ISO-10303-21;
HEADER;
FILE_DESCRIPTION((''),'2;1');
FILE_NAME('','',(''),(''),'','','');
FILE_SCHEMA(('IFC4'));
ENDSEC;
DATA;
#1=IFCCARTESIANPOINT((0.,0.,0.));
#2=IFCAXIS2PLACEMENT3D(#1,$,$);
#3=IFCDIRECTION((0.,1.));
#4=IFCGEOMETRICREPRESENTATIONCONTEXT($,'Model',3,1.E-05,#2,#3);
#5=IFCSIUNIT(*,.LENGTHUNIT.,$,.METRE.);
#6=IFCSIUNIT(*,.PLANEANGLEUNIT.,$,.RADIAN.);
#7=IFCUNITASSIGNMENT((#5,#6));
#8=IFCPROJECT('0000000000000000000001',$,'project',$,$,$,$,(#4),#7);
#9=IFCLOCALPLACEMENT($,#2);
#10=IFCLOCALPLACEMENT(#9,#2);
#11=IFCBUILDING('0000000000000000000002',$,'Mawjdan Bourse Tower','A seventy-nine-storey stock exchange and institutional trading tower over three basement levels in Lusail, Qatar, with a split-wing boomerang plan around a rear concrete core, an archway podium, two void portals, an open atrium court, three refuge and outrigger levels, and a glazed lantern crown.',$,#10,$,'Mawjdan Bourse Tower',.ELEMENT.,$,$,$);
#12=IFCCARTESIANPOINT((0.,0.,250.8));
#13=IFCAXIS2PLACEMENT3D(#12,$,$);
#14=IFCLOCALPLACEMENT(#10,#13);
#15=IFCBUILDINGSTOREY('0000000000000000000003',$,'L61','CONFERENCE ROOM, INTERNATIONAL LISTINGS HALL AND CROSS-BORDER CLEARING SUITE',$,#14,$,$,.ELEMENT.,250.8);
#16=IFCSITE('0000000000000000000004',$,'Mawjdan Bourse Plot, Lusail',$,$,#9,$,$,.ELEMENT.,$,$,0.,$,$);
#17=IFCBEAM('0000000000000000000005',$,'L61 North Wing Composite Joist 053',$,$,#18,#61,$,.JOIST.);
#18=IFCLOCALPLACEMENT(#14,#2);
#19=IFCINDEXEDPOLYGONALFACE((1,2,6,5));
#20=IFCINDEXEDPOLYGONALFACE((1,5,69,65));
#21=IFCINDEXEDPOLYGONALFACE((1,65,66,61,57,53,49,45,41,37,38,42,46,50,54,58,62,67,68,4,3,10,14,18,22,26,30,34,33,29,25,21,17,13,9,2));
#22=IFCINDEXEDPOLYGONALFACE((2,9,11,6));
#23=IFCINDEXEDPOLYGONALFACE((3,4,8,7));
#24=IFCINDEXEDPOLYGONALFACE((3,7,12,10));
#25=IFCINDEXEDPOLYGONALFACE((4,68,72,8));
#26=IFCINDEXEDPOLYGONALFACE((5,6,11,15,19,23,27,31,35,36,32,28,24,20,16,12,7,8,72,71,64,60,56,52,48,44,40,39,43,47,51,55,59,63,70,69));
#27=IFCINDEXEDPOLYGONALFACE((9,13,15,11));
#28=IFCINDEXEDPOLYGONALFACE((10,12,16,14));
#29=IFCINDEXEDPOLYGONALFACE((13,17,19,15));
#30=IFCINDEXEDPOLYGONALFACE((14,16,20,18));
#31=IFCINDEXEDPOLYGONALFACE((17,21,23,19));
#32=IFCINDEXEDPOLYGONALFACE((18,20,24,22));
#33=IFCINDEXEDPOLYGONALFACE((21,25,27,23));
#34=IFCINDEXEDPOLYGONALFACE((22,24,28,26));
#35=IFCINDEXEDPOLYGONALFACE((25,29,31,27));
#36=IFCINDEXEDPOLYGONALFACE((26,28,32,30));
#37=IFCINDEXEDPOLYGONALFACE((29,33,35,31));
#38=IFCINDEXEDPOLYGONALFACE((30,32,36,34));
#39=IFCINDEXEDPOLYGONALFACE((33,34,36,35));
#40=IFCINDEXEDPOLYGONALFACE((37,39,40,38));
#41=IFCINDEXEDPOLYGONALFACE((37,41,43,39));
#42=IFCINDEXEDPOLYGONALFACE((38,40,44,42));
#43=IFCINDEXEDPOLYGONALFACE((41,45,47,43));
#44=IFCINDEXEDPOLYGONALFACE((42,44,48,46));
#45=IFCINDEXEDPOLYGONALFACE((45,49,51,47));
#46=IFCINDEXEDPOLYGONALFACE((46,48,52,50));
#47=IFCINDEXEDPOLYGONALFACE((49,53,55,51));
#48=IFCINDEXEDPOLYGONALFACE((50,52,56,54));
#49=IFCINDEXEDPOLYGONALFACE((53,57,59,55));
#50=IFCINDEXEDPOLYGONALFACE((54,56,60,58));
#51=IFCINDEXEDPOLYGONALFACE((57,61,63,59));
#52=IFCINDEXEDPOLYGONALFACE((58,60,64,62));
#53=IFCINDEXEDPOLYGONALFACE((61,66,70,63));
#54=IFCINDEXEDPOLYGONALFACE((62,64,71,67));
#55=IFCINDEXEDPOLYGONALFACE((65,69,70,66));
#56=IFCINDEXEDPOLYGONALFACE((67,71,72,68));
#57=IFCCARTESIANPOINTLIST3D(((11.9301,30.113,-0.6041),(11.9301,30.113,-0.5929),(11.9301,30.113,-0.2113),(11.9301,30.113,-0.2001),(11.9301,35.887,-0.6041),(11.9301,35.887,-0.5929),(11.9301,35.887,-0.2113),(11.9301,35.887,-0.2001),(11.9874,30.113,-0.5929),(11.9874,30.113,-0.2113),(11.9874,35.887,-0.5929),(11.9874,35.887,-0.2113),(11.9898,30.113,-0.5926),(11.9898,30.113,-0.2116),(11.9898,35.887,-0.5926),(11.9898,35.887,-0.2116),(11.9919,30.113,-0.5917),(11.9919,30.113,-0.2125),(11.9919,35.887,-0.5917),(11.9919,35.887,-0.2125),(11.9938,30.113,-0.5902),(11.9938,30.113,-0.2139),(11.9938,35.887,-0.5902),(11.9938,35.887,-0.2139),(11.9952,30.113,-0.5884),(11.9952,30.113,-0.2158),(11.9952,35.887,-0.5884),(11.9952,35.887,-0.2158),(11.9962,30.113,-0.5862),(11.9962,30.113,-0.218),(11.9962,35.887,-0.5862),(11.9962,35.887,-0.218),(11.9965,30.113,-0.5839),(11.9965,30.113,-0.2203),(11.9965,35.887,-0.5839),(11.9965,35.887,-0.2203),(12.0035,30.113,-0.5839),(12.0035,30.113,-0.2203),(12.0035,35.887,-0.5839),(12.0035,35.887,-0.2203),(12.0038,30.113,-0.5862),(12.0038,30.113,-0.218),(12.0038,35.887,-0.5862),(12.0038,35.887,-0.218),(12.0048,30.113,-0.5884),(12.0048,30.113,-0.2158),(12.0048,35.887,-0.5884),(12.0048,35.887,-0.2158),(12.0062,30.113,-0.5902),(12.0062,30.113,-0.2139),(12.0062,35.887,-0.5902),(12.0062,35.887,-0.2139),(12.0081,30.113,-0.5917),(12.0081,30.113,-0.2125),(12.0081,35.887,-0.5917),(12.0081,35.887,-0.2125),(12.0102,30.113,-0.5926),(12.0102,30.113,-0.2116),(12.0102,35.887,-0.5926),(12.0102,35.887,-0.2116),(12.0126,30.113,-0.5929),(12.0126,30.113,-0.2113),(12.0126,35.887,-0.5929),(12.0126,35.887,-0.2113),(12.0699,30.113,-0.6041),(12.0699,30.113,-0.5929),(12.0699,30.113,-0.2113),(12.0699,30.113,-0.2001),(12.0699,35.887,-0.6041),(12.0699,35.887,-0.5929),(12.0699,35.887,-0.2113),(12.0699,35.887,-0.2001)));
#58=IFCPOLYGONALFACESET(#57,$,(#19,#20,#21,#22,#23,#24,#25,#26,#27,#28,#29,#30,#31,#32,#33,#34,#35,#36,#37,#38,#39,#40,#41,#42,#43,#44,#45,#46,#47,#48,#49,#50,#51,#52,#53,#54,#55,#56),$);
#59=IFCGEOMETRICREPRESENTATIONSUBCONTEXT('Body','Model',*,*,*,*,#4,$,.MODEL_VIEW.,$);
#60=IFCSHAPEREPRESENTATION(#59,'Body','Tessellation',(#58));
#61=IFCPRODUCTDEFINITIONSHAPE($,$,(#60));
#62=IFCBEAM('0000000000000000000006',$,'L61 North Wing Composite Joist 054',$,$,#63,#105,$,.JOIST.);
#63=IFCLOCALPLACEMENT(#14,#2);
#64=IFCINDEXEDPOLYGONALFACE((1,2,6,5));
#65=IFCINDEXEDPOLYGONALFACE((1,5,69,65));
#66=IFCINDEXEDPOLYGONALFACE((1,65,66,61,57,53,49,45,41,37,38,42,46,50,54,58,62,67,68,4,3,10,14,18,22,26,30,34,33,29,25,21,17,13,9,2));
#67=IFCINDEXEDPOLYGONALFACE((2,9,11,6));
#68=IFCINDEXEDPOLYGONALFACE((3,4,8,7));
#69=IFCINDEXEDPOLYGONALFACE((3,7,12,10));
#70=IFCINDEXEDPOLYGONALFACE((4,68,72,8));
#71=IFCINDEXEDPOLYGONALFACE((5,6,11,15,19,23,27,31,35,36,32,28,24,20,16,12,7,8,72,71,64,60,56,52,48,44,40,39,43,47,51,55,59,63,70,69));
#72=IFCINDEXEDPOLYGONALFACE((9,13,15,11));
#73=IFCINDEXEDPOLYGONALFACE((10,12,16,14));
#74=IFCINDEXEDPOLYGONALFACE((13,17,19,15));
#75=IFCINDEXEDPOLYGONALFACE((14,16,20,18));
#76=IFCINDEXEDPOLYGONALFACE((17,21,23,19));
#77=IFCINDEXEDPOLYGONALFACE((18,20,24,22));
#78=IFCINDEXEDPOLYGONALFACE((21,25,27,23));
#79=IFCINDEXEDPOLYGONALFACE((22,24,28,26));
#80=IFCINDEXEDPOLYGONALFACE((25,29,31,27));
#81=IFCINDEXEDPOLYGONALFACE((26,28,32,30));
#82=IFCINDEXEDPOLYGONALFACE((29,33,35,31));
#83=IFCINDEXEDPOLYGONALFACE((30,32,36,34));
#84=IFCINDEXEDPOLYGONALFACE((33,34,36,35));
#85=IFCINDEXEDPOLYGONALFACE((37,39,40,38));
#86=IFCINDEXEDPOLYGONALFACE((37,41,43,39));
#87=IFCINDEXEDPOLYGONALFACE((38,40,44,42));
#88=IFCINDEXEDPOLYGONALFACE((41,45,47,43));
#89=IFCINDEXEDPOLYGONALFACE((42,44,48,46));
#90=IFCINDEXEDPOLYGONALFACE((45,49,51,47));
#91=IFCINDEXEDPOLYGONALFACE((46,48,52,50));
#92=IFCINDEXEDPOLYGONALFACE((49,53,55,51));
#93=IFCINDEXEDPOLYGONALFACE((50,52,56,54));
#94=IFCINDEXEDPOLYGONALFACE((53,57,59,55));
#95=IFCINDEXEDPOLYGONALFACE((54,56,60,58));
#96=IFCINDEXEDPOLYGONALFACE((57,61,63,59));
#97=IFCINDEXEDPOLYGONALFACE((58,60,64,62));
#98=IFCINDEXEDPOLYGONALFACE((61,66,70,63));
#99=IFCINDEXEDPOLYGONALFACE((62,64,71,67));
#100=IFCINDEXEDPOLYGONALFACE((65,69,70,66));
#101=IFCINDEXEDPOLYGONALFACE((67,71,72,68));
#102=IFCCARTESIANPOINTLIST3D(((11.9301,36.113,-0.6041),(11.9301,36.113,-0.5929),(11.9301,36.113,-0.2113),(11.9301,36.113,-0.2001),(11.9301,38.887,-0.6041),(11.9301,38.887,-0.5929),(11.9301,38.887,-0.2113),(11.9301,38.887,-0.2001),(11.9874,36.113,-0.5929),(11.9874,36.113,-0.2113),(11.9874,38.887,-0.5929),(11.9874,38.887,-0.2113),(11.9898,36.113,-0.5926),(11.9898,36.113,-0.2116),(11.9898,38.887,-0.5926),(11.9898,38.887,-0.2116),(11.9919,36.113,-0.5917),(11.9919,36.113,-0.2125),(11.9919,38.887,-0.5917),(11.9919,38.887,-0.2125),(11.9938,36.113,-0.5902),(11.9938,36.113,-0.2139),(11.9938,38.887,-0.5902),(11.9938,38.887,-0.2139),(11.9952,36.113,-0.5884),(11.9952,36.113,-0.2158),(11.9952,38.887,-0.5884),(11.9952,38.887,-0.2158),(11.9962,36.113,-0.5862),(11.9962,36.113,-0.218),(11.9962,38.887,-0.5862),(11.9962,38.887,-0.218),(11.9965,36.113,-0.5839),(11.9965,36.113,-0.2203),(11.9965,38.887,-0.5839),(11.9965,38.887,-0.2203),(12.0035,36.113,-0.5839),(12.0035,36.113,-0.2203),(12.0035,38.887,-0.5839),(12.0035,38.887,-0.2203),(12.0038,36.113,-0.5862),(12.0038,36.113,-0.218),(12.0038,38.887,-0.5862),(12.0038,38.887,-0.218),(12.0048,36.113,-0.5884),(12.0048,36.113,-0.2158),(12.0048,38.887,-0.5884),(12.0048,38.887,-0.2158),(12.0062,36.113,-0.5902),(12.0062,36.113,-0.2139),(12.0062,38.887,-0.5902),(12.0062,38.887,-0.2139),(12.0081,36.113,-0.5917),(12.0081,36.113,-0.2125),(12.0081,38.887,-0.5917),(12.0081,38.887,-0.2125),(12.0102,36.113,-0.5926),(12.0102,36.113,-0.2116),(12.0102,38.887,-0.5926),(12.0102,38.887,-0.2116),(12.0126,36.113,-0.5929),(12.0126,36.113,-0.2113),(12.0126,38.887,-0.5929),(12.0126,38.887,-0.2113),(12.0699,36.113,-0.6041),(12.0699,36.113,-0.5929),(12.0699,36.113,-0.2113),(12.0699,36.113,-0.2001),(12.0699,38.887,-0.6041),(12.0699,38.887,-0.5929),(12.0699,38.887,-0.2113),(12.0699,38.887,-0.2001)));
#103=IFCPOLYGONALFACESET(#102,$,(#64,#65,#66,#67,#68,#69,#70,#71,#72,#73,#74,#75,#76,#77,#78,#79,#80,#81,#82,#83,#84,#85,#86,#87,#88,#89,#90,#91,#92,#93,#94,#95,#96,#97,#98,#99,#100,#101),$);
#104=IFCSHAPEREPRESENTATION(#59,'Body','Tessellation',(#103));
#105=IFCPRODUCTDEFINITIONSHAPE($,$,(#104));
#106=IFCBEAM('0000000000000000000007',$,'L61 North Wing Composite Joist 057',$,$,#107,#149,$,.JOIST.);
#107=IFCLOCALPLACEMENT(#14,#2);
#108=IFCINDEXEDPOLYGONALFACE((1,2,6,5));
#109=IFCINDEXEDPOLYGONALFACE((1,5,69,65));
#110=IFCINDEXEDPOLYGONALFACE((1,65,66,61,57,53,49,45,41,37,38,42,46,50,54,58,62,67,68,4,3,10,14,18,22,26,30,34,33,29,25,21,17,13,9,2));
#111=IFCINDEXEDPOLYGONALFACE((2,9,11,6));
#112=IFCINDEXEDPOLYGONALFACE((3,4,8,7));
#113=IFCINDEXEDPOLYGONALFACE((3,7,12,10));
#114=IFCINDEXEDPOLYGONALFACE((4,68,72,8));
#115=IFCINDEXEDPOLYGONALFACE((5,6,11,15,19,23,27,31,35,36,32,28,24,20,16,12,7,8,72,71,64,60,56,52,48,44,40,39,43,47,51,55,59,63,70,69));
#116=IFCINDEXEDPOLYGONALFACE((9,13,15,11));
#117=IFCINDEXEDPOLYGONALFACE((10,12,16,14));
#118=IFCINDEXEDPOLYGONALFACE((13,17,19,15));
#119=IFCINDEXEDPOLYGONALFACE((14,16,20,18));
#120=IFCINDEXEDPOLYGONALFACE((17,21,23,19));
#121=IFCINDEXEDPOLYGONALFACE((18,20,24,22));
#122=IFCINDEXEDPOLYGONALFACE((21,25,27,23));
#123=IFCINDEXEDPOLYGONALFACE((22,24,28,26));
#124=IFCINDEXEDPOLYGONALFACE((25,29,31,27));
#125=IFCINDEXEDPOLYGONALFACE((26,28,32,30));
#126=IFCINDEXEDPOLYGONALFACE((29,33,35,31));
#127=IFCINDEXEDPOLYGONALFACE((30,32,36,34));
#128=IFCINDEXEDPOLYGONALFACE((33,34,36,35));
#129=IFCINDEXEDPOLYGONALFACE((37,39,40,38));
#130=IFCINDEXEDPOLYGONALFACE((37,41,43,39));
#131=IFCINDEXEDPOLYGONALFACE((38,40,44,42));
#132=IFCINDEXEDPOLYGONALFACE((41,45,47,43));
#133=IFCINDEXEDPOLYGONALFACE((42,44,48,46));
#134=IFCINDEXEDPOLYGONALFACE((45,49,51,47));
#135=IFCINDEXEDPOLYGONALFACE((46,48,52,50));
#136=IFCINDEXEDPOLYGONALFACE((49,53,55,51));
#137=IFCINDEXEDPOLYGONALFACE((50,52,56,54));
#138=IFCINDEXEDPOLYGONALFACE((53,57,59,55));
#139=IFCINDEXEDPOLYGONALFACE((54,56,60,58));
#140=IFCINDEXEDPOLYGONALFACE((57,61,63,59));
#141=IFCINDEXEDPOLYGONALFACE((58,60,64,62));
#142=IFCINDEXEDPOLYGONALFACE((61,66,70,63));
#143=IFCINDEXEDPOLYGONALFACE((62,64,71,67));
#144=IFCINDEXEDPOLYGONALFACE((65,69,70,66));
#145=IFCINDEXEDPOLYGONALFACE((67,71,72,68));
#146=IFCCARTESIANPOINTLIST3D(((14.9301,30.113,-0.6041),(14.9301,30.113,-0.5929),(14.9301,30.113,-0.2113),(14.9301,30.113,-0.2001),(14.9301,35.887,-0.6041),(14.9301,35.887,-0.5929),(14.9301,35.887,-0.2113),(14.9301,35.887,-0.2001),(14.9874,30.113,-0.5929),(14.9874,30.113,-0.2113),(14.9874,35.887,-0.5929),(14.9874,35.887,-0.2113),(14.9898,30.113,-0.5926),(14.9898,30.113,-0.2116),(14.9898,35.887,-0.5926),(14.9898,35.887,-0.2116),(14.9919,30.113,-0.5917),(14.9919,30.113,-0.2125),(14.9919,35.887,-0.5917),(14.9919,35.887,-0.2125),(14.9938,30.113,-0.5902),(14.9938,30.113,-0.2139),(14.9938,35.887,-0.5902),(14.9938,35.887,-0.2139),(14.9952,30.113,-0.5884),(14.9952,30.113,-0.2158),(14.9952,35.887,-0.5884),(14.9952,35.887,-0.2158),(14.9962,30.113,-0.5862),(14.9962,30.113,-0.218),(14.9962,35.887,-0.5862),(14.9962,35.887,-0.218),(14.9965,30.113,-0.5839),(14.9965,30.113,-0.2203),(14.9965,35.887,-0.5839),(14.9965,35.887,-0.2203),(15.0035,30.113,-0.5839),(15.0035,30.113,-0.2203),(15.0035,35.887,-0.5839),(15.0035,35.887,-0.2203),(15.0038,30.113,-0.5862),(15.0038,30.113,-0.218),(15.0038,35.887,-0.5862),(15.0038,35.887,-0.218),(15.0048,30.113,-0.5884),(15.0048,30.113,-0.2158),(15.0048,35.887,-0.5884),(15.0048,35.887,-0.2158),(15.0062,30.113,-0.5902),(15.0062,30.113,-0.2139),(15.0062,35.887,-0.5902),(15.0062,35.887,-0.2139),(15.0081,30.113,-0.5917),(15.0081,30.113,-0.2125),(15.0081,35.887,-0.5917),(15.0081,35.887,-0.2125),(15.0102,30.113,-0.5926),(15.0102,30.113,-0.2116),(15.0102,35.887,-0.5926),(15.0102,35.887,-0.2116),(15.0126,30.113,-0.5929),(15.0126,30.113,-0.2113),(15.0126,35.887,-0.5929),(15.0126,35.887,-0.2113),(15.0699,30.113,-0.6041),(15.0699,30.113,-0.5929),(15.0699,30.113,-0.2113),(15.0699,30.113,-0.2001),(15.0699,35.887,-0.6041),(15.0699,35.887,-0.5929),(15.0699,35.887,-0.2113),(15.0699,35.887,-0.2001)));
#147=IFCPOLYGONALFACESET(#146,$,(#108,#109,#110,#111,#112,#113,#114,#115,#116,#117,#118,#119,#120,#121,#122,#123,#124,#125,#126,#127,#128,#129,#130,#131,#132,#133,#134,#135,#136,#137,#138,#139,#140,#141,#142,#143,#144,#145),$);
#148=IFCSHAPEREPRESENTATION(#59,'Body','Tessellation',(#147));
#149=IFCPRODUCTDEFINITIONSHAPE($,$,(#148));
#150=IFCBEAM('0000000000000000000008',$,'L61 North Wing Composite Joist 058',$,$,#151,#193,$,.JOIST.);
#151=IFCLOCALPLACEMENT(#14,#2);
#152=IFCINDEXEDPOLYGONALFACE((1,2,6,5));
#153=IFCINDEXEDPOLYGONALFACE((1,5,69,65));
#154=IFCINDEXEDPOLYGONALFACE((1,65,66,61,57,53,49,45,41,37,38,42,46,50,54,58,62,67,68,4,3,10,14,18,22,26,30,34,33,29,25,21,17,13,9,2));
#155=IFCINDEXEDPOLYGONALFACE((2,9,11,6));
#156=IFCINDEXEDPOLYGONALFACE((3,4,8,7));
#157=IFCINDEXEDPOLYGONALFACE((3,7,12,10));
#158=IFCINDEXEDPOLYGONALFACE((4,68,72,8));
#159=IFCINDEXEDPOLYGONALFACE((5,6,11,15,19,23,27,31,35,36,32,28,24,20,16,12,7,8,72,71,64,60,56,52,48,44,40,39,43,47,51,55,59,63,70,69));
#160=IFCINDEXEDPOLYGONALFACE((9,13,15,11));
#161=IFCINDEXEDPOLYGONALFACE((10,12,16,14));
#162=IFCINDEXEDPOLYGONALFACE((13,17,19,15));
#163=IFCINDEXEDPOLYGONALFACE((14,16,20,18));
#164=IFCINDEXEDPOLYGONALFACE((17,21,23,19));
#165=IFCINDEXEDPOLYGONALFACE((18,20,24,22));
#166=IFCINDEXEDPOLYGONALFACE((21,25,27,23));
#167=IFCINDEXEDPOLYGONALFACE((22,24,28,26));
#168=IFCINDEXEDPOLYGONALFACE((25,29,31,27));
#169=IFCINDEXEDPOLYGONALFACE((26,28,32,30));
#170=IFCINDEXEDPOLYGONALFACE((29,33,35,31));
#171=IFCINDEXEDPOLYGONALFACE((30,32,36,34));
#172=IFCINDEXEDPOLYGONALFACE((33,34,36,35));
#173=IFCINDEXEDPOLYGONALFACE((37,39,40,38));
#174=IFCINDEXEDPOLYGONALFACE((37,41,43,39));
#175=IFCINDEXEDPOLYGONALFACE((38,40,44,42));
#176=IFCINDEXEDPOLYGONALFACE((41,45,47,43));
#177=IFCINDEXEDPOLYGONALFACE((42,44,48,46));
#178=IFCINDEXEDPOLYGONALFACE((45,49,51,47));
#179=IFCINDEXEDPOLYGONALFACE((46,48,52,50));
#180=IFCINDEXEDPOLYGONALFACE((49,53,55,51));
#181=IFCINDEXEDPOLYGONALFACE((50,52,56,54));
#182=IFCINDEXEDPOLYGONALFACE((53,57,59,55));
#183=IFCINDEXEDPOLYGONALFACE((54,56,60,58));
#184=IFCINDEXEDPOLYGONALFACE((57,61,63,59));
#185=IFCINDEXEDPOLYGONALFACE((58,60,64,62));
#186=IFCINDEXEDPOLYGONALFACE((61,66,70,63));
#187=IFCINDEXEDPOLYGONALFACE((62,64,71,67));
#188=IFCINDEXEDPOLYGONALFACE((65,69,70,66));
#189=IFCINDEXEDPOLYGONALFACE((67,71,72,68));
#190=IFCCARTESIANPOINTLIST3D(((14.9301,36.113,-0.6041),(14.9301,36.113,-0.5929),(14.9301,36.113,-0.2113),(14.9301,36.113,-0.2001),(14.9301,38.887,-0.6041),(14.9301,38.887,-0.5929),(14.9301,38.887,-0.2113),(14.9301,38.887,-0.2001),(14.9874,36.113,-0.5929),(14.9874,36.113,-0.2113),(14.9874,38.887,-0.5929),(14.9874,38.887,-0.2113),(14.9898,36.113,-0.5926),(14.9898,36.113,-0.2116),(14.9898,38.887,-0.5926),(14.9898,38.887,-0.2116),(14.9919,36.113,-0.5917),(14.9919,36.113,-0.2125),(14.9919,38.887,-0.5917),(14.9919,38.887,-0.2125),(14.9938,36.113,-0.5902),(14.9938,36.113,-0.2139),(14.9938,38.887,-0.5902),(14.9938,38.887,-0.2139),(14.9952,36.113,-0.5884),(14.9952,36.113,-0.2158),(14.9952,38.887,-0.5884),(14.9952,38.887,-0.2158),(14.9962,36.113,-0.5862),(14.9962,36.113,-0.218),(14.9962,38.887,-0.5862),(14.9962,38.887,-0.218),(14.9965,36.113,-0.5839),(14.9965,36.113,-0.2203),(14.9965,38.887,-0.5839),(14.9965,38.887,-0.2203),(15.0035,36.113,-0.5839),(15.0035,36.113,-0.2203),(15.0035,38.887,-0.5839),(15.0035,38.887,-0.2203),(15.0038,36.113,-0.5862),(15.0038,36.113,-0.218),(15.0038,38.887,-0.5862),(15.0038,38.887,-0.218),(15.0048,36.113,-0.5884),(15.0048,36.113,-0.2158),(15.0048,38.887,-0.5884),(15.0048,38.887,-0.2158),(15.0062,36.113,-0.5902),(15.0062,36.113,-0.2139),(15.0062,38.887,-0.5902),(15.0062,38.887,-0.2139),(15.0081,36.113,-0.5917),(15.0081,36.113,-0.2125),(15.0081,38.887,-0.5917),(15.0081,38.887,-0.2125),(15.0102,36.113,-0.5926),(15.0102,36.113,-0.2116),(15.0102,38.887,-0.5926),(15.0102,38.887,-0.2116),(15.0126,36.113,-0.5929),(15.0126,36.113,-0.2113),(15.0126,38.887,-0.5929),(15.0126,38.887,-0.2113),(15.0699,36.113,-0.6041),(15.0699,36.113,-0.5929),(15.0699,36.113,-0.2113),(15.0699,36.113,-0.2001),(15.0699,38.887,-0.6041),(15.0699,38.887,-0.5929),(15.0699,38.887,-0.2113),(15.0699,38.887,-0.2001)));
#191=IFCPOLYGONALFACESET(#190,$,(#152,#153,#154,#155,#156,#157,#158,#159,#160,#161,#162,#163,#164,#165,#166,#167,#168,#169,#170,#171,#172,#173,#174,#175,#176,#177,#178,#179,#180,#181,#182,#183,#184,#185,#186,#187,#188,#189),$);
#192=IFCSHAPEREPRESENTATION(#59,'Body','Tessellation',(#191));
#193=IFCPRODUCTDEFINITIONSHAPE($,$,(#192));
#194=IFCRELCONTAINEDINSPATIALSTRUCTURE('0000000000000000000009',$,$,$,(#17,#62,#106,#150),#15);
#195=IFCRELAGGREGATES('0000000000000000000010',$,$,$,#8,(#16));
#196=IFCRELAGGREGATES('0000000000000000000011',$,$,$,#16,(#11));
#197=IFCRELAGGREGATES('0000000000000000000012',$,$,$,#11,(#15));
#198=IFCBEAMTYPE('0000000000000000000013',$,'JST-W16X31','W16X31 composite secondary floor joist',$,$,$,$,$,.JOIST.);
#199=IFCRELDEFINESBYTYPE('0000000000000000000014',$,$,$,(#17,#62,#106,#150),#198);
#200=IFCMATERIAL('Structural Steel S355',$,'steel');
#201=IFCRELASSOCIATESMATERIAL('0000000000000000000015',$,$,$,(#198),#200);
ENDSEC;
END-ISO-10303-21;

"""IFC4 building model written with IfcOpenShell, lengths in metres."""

from ifc_helpers import new_model, si_unit, direction, frame, origin, origin_2d, place, context, subcontext, project, spatial, i_section, extrude, material, material_profile, profile_set, type_object, element, save


model = new_model("IFC4")

# Units and contexts
model_context = context("Model", 3, precision=1e-05, world=origin(), true_north=direction((0.0, 1.0)))
body_context = subcontext(model_context, "Body", "Model", "MODEL_VIEW")
ifc_project = project(units=[si_unit("LENGTHUNIT", "METRE"), si_unit("PLANEANGLEUNIT", "RADIAN")], contexts=[model_context])

# Site, building, storey
site_placement = place(None, origin())
site = spatial("IfcSite", under=ifc_project, at=site_placement, Name="Mawjdan Bourse Plot, Lusail", CompositionType="ELEMENT", RefElevation=0.0)
building_placement = place(site_placement, origin())
building = spatial("IfcBuilding", under=site, at=building_placement, Name="Mawjdan Bourse Tower", Description="A seventy-nine-storey stock exchange and institutional trading tower over three basement levels in Lusail, Qatar, with a split-wing boomerang plan around a rear concrete core, an archway podium, two void portals, an open atrium court, three refuge and outrigger levels, and a glazed lantern crown.", LongName="Mawjdan Bourse Tower", CompositionType="ELEMENT")
storey_placement = place(building_placement, frame((0.0, 0.0, 250.8)))
storey = spatial("IfcBuildingStorey", under=building, at=storey_placement, Name="L61", Description="CONFERENCE ROOM, INTERNATIONAL LISTINGS HALL AND CROSS-BORDER CLEARING SUITE", CompositionType="ELEMENT", Elevation=250.8)

# Beams
ifc_material_1 = material(Name="Structural Steel S355", Category="steel")
ifc_material_profile_1 = material_profile(ifc_material_1, i_section(OverallWidth=0.1399, OverallDepth=0.4041, WebThickness=0.0071, FlangeThickness=0.0112, FilletRadius=0.009, at=origin_2d()), Name="W16X31")
ifc_profile_set_1 = profile_set([ifc_material_profile_1], Name="Structural Steel S355")
beam_type_1 = type_object("IfcBeamType", Name="JST-W16X31", Description="W16X31 composite secondary floor joist", PredefinedType="JOIST", material=ifc_profile_set_1)
beam_1_placement = place(storey_placement, frame((12.0, 30.113, -0.4021), z_axis=(0.0, 1.0, 0.0), x_axis=(-1.0, 0.0, 0.0)))
element("IfcBeam", 1, at=beam_1_placement, inside=storey, type_object=beam_type_1, Name="L61 North Wing Composite Joist 053", PredefinedType="JOIST", context=body_context, shape_type="SweptSolid", body=[
    extrude(i_section(OverallWidth=0.1399, OverallDepth=0.4041, WebThickness=0.0071, FlangeThickness=0.0112, FilletRadius=0.009, at=origin_2d()), origin(), (0.0, 0.0, 1.0), 5.7739),
])
beam_2_placement = place(storey_placement, frame((12.0, 36.113, -0.4021), z_axis=(0.0, 1.0, 0.0), x_axis=(-1.0, 0.0, 0.0)))
element("IfcBeam", 2, at=beam_2_placement, inside=storey, type_object=beam_type_1, Name="L61 North Wing Composite Joist 054", PredefinedType="JOIST", context=body_context, shape_type="SweptSolid", body=[
    extrude(i_section(OverallWidth=0.1399, OverallDepth=0.4041, WebThickness=0.0071, FlangeThickness=0.0112, FilletRadius=0.009, at=origin_2d()), origin(), (0.0, 0.0, 1.0), 2.7739),
])
beam_3_placement = place(storey_placement, frame((15.0, 30.113, -0.4021), z_axis=(0.0, 1.0, 0.0), x_axis=(-1.0, 0.0, 0.0)))
element("IfcBeam", 3, at=beam_3_placement, inside=storey, type_object=beam_type_1, Name="L61 North Wing Composite Joist 057", PredefinedType="JOIST", context=body_context, shape_type="SweptSolid", body=[
    extrude(i_section(OverallWidth=0.1399, OverallDepth=0.4041, WebThickness=0.0071, FlangeThickness=0.0112, FilletRadius=0.009, at=origin_2d()), origin(), (0.0, 0.0, 1.0), 5.7739),
])
beam_4_placement = place(storey_placement, frame((15.0, 36.113, -0.4021), z_axis=(0.0, 1.0, 0.0), x_axis=(-1.0, 0.0, 0.0)))
element("IfcBeam", 4, at=beam_4_placement, inside=storey, type_object=beam_type_1, Name="L61 North Wing Composite Joist 058", PredefinedType="JOIST", context=body_context, shape_type="SweptSolid", body=[
    extrude(i_section(OverallWidth=0.1399, OverallDepth=0.4041, WebThickness=0.0071, FlangeThickness=0.0112, FilletRadius=0.009, at=origin_2d()), origin(), (0.0, 0.0, 1.0), 2.7739),
])

save(model, "model.ifc")
